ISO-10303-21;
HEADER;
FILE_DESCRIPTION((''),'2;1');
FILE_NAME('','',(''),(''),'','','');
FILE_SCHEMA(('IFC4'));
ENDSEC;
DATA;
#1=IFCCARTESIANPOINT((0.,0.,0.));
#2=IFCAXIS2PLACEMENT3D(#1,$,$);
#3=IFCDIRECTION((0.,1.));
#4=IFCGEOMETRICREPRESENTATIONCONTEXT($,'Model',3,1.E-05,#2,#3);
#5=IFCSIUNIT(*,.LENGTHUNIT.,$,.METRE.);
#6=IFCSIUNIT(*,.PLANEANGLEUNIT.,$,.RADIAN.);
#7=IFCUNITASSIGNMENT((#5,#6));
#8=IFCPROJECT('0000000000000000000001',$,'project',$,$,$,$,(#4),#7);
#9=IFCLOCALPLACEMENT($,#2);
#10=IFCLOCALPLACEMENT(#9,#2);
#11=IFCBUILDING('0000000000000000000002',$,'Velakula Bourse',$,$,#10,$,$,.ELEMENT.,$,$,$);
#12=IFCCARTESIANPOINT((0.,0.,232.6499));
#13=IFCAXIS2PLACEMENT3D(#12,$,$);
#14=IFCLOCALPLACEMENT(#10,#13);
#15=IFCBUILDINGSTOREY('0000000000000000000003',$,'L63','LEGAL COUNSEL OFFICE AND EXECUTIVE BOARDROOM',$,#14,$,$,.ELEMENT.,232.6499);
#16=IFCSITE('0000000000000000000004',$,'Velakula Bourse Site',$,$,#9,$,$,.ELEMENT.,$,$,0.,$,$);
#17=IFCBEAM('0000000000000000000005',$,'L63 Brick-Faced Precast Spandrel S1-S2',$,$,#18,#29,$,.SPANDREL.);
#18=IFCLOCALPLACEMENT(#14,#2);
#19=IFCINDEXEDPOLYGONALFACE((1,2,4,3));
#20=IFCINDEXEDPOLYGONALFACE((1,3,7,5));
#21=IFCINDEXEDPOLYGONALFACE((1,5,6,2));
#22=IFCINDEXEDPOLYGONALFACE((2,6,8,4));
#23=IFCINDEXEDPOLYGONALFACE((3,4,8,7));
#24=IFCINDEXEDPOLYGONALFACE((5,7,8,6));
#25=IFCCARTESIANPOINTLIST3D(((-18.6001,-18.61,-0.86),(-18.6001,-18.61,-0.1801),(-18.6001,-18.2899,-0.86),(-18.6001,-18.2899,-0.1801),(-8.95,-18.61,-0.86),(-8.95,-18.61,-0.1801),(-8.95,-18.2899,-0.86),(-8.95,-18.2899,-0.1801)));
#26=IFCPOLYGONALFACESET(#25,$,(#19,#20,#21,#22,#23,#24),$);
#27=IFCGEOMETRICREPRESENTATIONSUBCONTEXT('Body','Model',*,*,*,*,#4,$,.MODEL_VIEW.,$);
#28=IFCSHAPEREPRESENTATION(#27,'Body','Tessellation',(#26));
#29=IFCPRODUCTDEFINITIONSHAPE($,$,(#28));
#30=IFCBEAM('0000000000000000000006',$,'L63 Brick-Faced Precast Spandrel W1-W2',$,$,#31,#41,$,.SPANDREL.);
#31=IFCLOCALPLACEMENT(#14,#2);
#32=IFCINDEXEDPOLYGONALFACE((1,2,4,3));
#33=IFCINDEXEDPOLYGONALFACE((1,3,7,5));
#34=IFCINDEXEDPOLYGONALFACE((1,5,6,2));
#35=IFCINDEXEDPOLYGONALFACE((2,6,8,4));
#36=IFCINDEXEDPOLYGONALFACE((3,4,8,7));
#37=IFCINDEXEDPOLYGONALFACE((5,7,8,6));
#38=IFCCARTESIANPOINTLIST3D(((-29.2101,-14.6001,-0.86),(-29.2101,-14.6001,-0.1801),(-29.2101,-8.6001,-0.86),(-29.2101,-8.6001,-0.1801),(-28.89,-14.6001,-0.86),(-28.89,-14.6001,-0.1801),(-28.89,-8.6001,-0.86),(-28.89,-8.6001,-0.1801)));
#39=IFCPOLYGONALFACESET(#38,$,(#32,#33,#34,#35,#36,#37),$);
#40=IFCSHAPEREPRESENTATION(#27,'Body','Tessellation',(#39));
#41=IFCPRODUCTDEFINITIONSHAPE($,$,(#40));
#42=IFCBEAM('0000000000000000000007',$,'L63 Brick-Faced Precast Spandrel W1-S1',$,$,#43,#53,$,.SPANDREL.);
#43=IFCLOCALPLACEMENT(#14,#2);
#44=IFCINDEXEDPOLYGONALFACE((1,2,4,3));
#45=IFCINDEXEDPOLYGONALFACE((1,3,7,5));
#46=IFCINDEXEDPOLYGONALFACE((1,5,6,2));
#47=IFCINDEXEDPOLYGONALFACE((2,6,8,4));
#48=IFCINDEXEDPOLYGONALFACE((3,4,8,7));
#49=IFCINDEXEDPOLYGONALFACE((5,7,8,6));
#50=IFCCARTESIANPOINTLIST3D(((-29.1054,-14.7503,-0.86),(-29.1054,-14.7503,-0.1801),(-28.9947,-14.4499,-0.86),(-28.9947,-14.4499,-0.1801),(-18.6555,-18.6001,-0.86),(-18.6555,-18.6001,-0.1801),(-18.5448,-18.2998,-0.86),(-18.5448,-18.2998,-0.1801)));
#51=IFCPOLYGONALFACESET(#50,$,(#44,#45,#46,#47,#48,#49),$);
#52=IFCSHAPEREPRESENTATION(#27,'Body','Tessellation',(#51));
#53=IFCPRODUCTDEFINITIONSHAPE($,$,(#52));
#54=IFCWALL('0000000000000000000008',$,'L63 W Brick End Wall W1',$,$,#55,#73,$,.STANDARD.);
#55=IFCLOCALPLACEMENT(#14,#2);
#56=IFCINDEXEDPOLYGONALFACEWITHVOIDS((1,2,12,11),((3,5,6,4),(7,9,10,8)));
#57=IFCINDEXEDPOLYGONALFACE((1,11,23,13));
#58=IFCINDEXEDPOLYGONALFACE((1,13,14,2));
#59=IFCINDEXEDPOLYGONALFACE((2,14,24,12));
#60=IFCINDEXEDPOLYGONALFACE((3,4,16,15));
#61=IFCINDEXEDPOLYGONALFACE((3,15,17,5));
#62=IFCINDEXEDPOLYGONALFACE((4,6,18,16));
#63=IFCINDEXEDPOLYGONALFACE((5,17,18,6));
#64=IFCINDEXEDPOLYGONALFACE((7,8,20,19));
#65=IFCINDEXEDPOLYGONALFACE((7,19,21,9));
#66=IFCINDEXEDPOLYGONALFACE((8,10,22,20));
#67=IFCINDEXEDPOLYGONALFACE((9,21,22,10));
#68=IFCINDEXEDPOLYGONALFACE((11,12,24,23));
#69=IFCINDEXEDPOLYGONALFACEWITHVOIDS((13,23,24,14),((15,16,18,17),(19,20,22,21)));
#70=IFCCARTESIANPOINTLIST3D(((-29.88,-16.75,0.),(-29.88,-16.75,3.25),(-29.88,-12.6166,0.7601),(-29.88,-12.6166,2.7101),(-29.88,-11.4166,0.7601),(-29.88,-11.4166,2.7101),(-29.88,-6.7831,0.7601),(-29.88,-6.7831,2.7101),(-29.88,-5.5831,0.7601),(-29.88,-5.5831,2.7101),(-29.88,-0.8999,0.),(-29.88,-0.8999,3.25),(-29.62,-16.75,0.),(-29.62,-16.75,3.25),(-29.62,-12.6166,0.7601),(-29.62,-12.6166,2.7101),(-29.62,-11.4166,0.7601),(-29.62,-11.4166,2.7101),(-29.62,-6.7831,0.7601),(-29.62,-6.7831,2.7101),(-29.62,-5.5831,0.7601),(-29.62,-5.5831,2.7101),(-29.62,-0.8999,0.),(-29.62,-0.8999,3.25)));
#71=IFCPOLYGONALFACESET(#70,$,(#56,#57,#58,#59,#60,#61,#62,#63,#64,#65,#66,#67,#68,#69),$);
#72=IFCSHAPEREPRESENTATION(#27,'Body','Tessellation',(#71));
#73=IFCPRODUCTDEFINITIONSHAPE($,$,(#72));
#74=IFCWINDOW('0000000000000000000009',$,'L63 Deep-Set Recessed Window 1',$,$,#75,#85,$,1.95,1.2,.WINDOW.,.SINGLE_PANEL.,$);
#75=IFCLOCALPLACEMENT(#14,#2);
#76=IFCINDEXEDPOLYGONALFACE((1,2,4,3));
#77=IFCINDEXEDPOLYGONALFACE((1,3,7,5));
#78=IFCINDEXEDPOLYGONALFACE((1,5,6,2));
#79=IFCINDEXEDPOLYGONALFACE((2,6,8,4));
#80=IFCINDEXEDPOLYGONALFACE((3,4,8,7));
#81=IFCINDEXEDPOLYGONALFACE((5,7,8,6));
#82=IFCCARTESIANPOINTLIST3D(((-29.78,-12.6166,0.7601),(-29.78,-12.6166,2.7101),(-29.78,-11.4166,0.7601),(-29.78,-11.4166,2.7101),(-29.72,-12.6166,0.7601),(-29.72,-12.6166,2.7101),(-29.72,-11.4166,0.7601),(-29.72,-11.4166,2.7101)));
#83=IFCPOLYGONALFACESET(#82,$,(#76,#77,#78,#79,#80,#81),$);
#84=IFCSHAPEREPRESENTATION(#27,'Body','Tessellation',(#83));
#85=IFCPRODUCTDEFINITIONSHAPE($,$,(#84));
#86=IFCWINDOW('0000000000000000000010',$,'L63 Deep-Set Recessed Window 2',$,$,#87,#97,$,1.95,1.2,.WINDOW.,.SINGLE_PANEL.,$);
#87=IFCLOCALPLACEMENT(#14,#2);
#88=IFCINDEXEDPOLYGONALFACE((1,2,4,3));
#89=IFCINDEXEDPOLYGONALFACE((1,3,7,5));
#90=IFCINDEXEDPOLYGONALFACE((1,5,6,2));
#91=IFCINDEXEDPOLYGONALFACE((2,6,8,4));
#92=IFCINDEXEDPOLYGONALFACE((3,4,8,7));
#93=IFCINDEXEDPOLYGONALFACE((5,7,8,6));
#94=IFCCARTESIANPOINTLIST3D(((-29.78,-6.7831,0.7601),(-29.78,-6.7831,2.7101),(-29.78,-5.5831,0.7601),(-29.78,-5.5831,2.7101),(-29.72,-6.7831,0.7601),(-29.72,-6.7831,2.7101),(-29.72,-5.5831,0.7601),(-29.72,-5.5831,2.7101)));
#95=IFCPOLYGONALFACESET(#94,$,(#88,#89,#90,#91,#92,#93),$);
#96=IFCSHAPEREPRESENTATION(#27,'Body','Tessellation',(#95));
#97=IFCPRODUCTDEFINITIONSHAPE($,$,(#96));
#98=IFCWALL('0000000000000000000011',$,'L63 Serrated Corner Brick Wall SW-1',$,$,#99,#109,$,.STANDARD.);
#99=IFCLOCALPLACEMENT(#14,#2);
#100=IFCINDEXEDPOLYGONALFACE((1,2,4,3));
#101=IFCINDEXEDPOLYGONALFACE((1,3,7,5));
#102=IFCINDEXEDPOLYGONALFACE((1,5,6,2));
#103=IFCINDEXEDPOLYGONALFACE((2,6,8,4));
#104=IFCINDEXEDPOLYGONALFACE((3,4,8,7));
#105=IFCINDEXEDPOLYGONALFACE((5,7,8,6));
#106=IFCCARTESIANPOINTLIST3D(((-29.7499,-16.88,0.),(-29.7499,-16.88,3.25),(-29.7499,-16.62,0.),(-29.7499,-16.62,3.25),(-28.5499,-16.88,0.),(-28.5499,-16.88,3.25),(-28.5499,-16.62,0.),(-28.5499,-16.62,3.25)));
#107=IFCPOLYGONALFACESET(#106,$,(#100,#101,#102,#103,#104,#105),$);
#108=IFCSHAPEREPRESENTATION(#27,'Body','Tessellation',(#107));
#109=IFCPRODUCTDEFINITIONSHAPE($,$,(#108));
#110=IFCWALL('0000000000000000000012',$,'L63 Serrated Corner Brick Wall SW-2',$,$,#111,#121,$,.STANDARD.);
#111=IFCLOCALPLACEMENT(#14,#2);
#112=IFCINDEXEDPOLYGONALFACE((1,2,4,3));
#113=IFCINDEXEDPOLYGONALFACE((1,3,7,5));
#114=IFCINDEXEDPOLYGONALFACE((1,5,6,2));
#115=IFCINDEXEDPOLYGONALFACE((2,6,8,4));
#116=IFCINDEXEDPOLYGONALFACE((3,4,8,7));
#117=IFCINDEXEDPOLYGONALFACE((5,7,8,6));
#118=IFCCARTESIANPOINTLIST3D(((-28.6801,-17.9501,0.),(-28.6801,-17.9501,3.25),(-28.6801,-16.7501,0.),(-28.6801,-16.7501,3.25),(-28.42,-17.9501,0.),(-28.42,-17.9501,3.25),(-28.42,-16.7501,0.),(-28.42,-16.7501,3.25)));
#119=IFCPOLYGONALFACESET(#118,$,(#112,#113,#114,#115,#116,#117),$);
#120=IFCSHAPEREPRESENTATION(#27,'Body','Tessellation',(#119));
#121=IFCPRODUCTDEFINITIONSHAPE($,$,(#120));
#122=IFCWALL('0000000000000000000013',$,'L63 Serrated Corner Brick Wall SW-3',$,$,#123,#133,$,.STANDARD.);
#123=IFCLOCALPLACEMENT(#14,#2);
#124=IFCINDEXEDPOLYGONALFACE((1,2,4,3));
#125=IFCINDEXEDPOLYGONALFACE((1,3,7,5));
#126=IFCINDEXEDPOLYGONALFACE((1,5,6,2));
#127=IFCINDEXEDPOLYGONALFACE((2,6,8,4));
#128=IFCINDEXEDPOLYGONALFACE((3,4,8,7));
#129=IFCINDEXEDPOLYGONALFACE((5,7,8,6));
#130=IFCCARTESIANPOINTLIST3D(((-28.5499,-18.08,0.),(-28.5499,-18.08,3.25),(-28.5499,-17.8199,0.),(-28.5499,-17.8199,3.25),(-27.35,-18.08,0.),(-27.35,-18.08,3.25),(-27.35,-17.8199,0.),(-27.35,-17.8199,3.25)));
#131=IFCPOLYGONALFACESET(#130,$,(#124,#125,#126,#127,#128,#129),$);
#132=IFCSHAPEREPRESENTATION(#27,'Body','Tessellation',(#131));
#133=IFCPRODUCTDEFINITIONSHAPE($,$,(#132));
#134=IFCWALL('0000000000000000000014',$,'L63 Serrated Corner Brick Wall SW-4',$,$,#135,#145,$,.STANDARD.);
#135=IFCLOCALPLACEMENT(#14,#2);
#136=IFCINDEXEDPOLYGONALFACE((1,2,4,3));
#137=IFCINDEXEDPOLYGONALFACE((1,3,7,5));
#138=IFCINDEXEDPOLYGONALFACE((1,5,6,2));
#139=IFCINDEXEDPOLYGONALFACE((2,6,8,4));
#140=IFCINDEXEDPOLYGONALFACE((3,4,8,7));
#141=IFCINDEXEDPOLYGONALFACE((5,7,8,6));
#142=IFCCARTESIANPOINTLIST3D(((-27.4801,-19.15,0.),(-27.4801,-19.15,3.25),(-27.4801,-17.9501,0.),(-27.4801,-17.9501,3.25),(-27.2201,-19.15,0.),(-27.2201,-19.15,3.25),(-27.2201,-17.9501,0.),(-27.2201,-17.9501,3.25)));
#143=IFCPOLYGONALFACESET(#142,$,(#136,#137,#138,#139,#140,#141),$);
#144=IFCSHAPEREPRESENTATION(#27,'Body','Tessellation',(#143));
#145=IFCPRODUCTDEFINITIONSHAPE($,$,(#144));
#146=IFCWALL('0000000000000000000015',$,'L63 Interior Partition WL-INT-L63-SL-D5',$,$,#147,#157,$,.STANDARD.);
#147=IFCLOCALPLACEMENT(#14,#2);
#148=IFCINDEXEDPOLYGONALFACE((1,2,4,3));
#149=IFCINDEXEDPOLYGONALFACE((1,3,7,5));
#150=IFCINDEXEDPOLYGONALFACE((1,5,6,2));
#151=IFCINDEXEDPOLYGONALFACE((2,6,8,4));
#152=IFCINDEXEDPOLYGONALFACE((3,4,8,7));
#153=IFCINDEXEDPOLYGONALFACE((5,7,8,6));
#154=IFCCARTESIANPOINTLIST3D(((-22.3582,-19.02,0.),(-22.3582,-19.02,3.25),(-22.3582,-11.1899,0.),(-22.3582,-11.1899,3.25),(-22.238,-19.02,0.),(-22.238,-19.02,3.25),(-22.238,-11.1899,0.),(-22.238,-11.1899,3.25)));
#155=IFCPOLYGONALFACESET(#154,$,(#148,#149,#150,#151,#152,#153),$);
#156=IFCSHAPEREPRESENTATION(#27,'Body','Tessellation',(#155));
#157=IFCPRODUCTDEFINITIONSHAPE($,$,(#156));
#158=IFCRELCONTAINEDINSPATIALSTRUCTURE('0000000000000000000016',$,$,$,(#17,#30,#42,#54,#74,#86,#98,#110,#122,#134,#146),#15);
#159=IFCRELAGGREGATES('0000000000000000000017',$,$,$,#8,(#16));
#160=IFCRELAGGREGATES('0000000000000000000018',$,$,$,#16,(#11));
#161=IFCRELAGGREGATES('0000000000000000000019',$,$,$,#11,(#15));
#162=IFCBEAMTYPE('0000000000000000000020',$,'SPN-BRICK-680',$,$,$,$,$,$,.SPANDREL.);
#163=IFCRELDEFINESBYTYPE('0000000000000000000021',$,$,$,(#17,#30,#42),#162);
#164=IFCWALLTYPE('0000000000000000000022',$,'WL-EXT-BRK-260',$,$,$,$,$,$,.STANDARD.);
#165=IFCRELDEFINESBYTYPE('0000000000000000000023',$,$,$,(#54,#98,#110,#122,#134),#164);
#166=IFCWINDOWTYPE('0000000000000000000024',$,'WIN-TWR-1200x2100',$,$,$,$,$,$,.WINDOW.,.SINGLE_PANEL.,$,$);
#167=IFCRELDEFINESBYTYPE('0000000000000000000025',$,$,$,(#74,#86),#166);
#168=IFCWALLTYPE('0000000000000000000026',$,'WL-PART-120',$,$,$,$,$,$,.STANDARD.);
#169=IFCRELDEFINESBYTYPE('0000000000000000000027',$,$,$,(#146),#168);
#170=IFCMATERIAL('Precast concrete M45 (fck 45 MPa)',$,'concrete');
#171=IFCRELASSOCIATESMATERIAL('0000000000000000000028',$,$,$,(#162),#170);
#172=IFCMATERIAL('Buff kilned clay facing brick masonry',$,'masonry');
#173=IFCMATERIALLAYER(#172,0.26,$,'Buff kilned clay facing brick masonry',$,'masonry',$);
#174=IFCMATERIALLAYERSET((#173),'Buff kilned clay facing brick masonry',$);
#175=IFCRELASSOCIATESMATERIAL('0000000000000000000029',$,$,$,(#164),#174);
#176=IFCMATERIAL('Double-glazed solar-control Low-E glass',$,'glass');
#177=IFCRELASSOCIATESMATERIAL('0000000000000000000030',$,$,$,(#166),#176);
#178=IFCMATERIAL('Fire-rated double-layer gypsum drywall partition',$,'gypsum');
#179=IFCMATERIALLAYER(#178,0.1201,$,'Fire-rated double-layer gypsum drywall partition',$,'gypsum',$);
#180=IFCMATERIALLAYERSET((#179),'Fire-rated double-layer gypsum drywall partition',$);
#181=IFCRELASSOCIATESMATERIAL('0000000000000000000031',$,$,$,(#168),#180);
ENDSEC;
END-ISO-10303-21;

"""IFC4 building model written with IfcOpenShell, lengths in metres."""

from ifc_helpers import new_model, si_unit, direction, frame, frame_2d, origin, origin_2d, place, context, subcontext, project, spatial, rectangle, extrude, material, layer, layer_set, material_profile, profile_set, type_object, element, fill, save


model = new_model("IFC4")

# Units and contexts
model_context = context("Model", 3, precision=1e-05, world=origin(), true_north=direction((0.0, 1.0)))
body_context = subcontext(model_context, "Body", "Model", "MODEL_VIEW")
ifc_project = project(units=[si_unit("LENGTHUNIT", "METRE"), si_unit("PLANEANGLEUNIT", "RADIAN")], contexts=[model_context])

# Site, building, storey
site_placement = place(None, origin())
site = spatial("IfcSite", under=ifc_project, at=site_placement, Name="Velakula Bourse Site", CompositionType="ELEMENT", RefElevation=0.0)
building_placement = place(site_placement, origin())
building = spatial("IfcBuilding", under=site, at=building_placement, Name="Velakula Bourse", CompositionType="ELEMENT")
storey_placement = place(building_placement, frame((0.0, 0.0, 232.6499)))
storey = spatial("IfcBuildingStorey", under=building, at=storey_placement, Name="L63", Description="LEGAL COUNSEL OFFICE AND EXECUTIVE BOARDROOM", CompositionType="ELEMENT", Elevation=232.6499)

# Shared definitions
ifc_material_1 = material(Name="Precast concrete M45 (fck 45 MPa)", Category="concrete")

# Beams
ifc_material_profile_1 = material_profile(ifc_material_1, rectangle(XDim=0.3201, YDim=0.6799, at=origin_2d()), Name="Precast concrete M45 (fck 45 MPa)")
ifc_profile_set_1 = profile_set([ifc_material_profile_1], Name="Precast concrete M45 (fck 45 MPa)")
beam_type_1 = type_object("IfcBeamType", Name="SPN-BRICK-680", PredefinedType="SPANDREL", material=ifc_profile_set_1)
beam_1_placement = place(storey_placement, frame((-18.6001, -18.45, -0.52), z_axis=(1.0, 0.0, 0.0), x_axis=(0.0, 1.0, 0.0)))
element("IfcBeam", 1, at=beam_1_placement, inside=storey, type_object=beam_type_1, Name="L63 Brick-Faced Precast Spandrel S1-S2", PredefinedType="SPANDREL", context=body_context, shape_type="SweptSolid", body=[
    extrude(rectangle(XDim=0.3201, YDim=0.6799, at=origin_2d()), origin(), (0.0, 0.0, 1.0), 9.6501),
])
beam_2_placement = place(storey_placement, frame((-29.05, -14.6001, -0.52), z_axis=(0.0, 1.0, 0.0), x_axis=(-1.0, 0.0, 0.0)))
element("IfcBeam", 2, at=beam_2_placement, inside=storey, type_object=beam_type_1, Name="L63 Brick-Faced Precast Spandrel W1-W2", PredefinedType="SPANDREL", context=body_context, shape_type="SweptSolid", body=[
    extrude(rectangle(XDim=0.3201, YDim=0.6799, at=origin_2d()), origin(), (0.0, 0.0, 1.0), 6.0),
])
beam_3_placement = place(storey_placement, frame((-29.05, -14.6001, -0.52), z_axis=(0.938347, -0.345695, 0.0), x_axis=(0.345695, 0.938347, 0.0)))
element("IfcBeam", 3, at=beam_3_placement, inside=storey, type_object=beam_type_1, Name="L63 Brick-Faced Precast Spandrel W1-S1", PredefinedType="SPANDREL", context=body_context, shape_type="SweptSolid", body=[
    extrude(rectangle(XDim=0.3201, YDim=0.6799, at=origin_2d()), origin(), (0.0, 0.0, 1.0), 11.1365),
])

# Wall, openings, windows
ifc_material_2 = material(Name="Buff kilned clay facing brick masonry", Category="masonry")
ifc_layer_1 = layer(ifc_material_2, 0.26, Name="Buff kilned clay facing brick masonry", Category="masonry")
ifc_layer_set_1 = layer_set([ifc_layer_1], Name="Buff kilned clay facing brick masonry")
wall_type_1 = type_object("IfcWallType", Name="WL-EXT-BRK-260", PredefinedType="STANDARD", material=ifc_layer_set_1)
wall_1_placement = place(storey_placement, frame((-29.75, -16.75, 0.0), z_axis=(0.0, 0.0, 1.0), x_axis=(0.0, 1.0, 0.0)))
wall_1 = element("IfcWall", 4, at=wall_1_placement, inside=storey, type_object=wall_type_1, Name="L63 W Brick End Wall W1", PredefinedType="STANDARD", context=body_context, shape_type="SweptSolid", body=[
    extrude(rectangle(XDim=15.8501, YDim=0.26, at=frame_2d((7.925, 0.0))), origin(), (0.0, 0.0, 1.0), 3.25),
])
opening_1_placement = place(wall_1_placement, frame((4.1333, 0.0, 0.76)))
opening_1 = element("IfcOpeningElement", 5, at=opening_1_placement, cuts=wall_1, PredefinedType="OPENING", context=body_context, shape_type="SweptSolid", body=[
    extrude(rectangle(XDim=1.2, YDim=1.95, at=frame_2d((0.6001, 0.9751))), frame((0.0, 0.1399, 0.0), z_axis=(0.0, -1.0, 0.0), x_axis=(1.0, 0.0, 0.0)), (0.0, 0.0, 1.0), 0.28),
])
opening_2_placement = place(wall_1_placement, frame((9.9668, 0.0, 0.76)))
opening_2 = element("IfcOpeningElement", 6, at=opening_2_placement, cuts=wall_1, PredefinedType="OPENING", context=body_context, shape_type="SweptSolid", body=[
    extrude(rectangle(XDim=1.2, YDim=1.95, at=frame_2d((0.6001, 0.9751))), frame((0.0, 0.1399, 0.0), z_axis=(0.0, -1.0, 0.0), x_axis=(1.0, 0.0, 0.0)), (0.0, 0.0, 1.0), 0.28),
])
ifc_material_3 = material(Name="Double-glazed solar-control Low-E glass", Category="glass")
window_type = type_object("IfcWindowType", Name="WIN-TWR-1200x2100", PartitioningType="SINGLE_PANEL", PredefinedType="WINDOW", material=ifc_material_3)
window_1_placement = place(opening_1_placement, origin())
window_1 = element("IfcWindow", 7, at=window_1_placement, inside=storey, type_object=window_type, Name="L63 Deep-Set Recessed Window 1", OverallHeight=1.95, OverallWidth=1.2, PartitioningType="SINGLE_PANEL", PredefinedType="WINDOW", context=body_context, shape_type="SweptSolid", body=[
    extrude(rectangle(XDim=1.2, YDim=1.95, at=frame_2d((0.6001, 0.9751))), frame((0.0, 0.03, 0.0), z_axis=(0.0, -1.0, 0.0), x_axis=(1.0, 0.0, 0.0)), (0.0, 0.0, 1.0), 0.0601),
])
fill(opening_1, window_1)
window_2_placement = place(opening_2_placement, origin())
window_2 = element("IfcWindow", 8, at=window_2_placement, inside=storey, type_object=window_type, Name="L63 Deep-Set Recessed Window 2", OverallHeight=1.95, OverallWidth=1.2, PartitioningType="SINGLE_PANEL", PredefinedType="WINDOW", context=body_context, shape_type="SweptSolid", body=[
    extrude(rectangle(XDim=1.2, YDim=1.95, at=frame_2d((0.6001, 0.9751))), frame((0.0, 0.03, 0.0), z_axis=(0.0, -1.0, 0.0), x_axis=(1.0, 0.0, 0.0)), (0.0, 0.0, 1.0), 0.0601),
])
fill(opening_2, window_2)

# Walls
for number, where, z_axis, x_axis, name in (
    (9, (-29.75, -16.75, 0.0), (0.0, 0.0, 1.0), (1.0, 0.0, 0.0), "L63 Serrated Corner Brick Wall SW-1"),
    (10, (-28.55, -16.75, 0.0), (0.0, 0.0, 1.0), (0.0, -1.0, 0.0), "L63 Serrated Corner Brick Wall SW-2"),
    (11, (-28.55, -17.95, 0.0), (0.0, 0.0, 1.0), (1.0, 0.0, 0.0), "L63 Serrated Corner Brick Wall SW-3"),
    (12, (-27.3501, -17.95, 0.0), (0.0, 0.0, 1.0), (0.0, -1.0, 0.0), "L63 Serrated Corner Brick Wall SW-4"),
):
    element("IfcWall", number, at=place(storey_placement, frame(where, z_axis=z_axis, x_axis=x_axis)), inside=storey, type_object=wall_type_1, Name=name, PredefinedType="STANDARD", context=body_context, shape_type="SweptSolid", body=[
        extrude(rectangle(XDim=1.2, YDim=0.26, at=frame_2d((0.6001, 0.0))), origin(), (0.0, 0.0, 1.0), 3.25),
    ])
ifc_material_4 = material(Name="Fire-rated double-layer gypsum drywall partition", Category="gypsum")
ifc_layer_2 = layer(ifc_material_4, 0.1201, Name="Fire-rated double-layer gypsum drywall partition", Category="gypsum")
ifc_layer_set_2 = layer_set([ifc_layer_2], Name="Fire-rated double-layer gypsum drywall partition")
wall_type_2 = type_object("IfcWallType", Name="WL-PART-120", PredefinedType="STANDARD", material=ifc_layer_set_2)
wall_2_placement = place(storey_placement, frame((-22.2981, -19.02, 0.0), z_axis=(0.0, 0.0, 1.0), x_axis=(0.0, 1.0, 0.0)))
element("IfcWall", 13, at=wall_2_placement, inside=storey, type_object=wall_type_2, Name="L63 Interior Partition WL-INT-L63-SL-D5", PredefinedType="STANDARD", context=body_context, shape_type="SweptSolid", body=[
    extrude(rectangle(XDim=7.8301, YDim=0.1201, at=frame_2d((3.915, 0.0))), origin(), (0.0, 0.0, 1.0), 3.25),
])

save(model, "model.ifc")
